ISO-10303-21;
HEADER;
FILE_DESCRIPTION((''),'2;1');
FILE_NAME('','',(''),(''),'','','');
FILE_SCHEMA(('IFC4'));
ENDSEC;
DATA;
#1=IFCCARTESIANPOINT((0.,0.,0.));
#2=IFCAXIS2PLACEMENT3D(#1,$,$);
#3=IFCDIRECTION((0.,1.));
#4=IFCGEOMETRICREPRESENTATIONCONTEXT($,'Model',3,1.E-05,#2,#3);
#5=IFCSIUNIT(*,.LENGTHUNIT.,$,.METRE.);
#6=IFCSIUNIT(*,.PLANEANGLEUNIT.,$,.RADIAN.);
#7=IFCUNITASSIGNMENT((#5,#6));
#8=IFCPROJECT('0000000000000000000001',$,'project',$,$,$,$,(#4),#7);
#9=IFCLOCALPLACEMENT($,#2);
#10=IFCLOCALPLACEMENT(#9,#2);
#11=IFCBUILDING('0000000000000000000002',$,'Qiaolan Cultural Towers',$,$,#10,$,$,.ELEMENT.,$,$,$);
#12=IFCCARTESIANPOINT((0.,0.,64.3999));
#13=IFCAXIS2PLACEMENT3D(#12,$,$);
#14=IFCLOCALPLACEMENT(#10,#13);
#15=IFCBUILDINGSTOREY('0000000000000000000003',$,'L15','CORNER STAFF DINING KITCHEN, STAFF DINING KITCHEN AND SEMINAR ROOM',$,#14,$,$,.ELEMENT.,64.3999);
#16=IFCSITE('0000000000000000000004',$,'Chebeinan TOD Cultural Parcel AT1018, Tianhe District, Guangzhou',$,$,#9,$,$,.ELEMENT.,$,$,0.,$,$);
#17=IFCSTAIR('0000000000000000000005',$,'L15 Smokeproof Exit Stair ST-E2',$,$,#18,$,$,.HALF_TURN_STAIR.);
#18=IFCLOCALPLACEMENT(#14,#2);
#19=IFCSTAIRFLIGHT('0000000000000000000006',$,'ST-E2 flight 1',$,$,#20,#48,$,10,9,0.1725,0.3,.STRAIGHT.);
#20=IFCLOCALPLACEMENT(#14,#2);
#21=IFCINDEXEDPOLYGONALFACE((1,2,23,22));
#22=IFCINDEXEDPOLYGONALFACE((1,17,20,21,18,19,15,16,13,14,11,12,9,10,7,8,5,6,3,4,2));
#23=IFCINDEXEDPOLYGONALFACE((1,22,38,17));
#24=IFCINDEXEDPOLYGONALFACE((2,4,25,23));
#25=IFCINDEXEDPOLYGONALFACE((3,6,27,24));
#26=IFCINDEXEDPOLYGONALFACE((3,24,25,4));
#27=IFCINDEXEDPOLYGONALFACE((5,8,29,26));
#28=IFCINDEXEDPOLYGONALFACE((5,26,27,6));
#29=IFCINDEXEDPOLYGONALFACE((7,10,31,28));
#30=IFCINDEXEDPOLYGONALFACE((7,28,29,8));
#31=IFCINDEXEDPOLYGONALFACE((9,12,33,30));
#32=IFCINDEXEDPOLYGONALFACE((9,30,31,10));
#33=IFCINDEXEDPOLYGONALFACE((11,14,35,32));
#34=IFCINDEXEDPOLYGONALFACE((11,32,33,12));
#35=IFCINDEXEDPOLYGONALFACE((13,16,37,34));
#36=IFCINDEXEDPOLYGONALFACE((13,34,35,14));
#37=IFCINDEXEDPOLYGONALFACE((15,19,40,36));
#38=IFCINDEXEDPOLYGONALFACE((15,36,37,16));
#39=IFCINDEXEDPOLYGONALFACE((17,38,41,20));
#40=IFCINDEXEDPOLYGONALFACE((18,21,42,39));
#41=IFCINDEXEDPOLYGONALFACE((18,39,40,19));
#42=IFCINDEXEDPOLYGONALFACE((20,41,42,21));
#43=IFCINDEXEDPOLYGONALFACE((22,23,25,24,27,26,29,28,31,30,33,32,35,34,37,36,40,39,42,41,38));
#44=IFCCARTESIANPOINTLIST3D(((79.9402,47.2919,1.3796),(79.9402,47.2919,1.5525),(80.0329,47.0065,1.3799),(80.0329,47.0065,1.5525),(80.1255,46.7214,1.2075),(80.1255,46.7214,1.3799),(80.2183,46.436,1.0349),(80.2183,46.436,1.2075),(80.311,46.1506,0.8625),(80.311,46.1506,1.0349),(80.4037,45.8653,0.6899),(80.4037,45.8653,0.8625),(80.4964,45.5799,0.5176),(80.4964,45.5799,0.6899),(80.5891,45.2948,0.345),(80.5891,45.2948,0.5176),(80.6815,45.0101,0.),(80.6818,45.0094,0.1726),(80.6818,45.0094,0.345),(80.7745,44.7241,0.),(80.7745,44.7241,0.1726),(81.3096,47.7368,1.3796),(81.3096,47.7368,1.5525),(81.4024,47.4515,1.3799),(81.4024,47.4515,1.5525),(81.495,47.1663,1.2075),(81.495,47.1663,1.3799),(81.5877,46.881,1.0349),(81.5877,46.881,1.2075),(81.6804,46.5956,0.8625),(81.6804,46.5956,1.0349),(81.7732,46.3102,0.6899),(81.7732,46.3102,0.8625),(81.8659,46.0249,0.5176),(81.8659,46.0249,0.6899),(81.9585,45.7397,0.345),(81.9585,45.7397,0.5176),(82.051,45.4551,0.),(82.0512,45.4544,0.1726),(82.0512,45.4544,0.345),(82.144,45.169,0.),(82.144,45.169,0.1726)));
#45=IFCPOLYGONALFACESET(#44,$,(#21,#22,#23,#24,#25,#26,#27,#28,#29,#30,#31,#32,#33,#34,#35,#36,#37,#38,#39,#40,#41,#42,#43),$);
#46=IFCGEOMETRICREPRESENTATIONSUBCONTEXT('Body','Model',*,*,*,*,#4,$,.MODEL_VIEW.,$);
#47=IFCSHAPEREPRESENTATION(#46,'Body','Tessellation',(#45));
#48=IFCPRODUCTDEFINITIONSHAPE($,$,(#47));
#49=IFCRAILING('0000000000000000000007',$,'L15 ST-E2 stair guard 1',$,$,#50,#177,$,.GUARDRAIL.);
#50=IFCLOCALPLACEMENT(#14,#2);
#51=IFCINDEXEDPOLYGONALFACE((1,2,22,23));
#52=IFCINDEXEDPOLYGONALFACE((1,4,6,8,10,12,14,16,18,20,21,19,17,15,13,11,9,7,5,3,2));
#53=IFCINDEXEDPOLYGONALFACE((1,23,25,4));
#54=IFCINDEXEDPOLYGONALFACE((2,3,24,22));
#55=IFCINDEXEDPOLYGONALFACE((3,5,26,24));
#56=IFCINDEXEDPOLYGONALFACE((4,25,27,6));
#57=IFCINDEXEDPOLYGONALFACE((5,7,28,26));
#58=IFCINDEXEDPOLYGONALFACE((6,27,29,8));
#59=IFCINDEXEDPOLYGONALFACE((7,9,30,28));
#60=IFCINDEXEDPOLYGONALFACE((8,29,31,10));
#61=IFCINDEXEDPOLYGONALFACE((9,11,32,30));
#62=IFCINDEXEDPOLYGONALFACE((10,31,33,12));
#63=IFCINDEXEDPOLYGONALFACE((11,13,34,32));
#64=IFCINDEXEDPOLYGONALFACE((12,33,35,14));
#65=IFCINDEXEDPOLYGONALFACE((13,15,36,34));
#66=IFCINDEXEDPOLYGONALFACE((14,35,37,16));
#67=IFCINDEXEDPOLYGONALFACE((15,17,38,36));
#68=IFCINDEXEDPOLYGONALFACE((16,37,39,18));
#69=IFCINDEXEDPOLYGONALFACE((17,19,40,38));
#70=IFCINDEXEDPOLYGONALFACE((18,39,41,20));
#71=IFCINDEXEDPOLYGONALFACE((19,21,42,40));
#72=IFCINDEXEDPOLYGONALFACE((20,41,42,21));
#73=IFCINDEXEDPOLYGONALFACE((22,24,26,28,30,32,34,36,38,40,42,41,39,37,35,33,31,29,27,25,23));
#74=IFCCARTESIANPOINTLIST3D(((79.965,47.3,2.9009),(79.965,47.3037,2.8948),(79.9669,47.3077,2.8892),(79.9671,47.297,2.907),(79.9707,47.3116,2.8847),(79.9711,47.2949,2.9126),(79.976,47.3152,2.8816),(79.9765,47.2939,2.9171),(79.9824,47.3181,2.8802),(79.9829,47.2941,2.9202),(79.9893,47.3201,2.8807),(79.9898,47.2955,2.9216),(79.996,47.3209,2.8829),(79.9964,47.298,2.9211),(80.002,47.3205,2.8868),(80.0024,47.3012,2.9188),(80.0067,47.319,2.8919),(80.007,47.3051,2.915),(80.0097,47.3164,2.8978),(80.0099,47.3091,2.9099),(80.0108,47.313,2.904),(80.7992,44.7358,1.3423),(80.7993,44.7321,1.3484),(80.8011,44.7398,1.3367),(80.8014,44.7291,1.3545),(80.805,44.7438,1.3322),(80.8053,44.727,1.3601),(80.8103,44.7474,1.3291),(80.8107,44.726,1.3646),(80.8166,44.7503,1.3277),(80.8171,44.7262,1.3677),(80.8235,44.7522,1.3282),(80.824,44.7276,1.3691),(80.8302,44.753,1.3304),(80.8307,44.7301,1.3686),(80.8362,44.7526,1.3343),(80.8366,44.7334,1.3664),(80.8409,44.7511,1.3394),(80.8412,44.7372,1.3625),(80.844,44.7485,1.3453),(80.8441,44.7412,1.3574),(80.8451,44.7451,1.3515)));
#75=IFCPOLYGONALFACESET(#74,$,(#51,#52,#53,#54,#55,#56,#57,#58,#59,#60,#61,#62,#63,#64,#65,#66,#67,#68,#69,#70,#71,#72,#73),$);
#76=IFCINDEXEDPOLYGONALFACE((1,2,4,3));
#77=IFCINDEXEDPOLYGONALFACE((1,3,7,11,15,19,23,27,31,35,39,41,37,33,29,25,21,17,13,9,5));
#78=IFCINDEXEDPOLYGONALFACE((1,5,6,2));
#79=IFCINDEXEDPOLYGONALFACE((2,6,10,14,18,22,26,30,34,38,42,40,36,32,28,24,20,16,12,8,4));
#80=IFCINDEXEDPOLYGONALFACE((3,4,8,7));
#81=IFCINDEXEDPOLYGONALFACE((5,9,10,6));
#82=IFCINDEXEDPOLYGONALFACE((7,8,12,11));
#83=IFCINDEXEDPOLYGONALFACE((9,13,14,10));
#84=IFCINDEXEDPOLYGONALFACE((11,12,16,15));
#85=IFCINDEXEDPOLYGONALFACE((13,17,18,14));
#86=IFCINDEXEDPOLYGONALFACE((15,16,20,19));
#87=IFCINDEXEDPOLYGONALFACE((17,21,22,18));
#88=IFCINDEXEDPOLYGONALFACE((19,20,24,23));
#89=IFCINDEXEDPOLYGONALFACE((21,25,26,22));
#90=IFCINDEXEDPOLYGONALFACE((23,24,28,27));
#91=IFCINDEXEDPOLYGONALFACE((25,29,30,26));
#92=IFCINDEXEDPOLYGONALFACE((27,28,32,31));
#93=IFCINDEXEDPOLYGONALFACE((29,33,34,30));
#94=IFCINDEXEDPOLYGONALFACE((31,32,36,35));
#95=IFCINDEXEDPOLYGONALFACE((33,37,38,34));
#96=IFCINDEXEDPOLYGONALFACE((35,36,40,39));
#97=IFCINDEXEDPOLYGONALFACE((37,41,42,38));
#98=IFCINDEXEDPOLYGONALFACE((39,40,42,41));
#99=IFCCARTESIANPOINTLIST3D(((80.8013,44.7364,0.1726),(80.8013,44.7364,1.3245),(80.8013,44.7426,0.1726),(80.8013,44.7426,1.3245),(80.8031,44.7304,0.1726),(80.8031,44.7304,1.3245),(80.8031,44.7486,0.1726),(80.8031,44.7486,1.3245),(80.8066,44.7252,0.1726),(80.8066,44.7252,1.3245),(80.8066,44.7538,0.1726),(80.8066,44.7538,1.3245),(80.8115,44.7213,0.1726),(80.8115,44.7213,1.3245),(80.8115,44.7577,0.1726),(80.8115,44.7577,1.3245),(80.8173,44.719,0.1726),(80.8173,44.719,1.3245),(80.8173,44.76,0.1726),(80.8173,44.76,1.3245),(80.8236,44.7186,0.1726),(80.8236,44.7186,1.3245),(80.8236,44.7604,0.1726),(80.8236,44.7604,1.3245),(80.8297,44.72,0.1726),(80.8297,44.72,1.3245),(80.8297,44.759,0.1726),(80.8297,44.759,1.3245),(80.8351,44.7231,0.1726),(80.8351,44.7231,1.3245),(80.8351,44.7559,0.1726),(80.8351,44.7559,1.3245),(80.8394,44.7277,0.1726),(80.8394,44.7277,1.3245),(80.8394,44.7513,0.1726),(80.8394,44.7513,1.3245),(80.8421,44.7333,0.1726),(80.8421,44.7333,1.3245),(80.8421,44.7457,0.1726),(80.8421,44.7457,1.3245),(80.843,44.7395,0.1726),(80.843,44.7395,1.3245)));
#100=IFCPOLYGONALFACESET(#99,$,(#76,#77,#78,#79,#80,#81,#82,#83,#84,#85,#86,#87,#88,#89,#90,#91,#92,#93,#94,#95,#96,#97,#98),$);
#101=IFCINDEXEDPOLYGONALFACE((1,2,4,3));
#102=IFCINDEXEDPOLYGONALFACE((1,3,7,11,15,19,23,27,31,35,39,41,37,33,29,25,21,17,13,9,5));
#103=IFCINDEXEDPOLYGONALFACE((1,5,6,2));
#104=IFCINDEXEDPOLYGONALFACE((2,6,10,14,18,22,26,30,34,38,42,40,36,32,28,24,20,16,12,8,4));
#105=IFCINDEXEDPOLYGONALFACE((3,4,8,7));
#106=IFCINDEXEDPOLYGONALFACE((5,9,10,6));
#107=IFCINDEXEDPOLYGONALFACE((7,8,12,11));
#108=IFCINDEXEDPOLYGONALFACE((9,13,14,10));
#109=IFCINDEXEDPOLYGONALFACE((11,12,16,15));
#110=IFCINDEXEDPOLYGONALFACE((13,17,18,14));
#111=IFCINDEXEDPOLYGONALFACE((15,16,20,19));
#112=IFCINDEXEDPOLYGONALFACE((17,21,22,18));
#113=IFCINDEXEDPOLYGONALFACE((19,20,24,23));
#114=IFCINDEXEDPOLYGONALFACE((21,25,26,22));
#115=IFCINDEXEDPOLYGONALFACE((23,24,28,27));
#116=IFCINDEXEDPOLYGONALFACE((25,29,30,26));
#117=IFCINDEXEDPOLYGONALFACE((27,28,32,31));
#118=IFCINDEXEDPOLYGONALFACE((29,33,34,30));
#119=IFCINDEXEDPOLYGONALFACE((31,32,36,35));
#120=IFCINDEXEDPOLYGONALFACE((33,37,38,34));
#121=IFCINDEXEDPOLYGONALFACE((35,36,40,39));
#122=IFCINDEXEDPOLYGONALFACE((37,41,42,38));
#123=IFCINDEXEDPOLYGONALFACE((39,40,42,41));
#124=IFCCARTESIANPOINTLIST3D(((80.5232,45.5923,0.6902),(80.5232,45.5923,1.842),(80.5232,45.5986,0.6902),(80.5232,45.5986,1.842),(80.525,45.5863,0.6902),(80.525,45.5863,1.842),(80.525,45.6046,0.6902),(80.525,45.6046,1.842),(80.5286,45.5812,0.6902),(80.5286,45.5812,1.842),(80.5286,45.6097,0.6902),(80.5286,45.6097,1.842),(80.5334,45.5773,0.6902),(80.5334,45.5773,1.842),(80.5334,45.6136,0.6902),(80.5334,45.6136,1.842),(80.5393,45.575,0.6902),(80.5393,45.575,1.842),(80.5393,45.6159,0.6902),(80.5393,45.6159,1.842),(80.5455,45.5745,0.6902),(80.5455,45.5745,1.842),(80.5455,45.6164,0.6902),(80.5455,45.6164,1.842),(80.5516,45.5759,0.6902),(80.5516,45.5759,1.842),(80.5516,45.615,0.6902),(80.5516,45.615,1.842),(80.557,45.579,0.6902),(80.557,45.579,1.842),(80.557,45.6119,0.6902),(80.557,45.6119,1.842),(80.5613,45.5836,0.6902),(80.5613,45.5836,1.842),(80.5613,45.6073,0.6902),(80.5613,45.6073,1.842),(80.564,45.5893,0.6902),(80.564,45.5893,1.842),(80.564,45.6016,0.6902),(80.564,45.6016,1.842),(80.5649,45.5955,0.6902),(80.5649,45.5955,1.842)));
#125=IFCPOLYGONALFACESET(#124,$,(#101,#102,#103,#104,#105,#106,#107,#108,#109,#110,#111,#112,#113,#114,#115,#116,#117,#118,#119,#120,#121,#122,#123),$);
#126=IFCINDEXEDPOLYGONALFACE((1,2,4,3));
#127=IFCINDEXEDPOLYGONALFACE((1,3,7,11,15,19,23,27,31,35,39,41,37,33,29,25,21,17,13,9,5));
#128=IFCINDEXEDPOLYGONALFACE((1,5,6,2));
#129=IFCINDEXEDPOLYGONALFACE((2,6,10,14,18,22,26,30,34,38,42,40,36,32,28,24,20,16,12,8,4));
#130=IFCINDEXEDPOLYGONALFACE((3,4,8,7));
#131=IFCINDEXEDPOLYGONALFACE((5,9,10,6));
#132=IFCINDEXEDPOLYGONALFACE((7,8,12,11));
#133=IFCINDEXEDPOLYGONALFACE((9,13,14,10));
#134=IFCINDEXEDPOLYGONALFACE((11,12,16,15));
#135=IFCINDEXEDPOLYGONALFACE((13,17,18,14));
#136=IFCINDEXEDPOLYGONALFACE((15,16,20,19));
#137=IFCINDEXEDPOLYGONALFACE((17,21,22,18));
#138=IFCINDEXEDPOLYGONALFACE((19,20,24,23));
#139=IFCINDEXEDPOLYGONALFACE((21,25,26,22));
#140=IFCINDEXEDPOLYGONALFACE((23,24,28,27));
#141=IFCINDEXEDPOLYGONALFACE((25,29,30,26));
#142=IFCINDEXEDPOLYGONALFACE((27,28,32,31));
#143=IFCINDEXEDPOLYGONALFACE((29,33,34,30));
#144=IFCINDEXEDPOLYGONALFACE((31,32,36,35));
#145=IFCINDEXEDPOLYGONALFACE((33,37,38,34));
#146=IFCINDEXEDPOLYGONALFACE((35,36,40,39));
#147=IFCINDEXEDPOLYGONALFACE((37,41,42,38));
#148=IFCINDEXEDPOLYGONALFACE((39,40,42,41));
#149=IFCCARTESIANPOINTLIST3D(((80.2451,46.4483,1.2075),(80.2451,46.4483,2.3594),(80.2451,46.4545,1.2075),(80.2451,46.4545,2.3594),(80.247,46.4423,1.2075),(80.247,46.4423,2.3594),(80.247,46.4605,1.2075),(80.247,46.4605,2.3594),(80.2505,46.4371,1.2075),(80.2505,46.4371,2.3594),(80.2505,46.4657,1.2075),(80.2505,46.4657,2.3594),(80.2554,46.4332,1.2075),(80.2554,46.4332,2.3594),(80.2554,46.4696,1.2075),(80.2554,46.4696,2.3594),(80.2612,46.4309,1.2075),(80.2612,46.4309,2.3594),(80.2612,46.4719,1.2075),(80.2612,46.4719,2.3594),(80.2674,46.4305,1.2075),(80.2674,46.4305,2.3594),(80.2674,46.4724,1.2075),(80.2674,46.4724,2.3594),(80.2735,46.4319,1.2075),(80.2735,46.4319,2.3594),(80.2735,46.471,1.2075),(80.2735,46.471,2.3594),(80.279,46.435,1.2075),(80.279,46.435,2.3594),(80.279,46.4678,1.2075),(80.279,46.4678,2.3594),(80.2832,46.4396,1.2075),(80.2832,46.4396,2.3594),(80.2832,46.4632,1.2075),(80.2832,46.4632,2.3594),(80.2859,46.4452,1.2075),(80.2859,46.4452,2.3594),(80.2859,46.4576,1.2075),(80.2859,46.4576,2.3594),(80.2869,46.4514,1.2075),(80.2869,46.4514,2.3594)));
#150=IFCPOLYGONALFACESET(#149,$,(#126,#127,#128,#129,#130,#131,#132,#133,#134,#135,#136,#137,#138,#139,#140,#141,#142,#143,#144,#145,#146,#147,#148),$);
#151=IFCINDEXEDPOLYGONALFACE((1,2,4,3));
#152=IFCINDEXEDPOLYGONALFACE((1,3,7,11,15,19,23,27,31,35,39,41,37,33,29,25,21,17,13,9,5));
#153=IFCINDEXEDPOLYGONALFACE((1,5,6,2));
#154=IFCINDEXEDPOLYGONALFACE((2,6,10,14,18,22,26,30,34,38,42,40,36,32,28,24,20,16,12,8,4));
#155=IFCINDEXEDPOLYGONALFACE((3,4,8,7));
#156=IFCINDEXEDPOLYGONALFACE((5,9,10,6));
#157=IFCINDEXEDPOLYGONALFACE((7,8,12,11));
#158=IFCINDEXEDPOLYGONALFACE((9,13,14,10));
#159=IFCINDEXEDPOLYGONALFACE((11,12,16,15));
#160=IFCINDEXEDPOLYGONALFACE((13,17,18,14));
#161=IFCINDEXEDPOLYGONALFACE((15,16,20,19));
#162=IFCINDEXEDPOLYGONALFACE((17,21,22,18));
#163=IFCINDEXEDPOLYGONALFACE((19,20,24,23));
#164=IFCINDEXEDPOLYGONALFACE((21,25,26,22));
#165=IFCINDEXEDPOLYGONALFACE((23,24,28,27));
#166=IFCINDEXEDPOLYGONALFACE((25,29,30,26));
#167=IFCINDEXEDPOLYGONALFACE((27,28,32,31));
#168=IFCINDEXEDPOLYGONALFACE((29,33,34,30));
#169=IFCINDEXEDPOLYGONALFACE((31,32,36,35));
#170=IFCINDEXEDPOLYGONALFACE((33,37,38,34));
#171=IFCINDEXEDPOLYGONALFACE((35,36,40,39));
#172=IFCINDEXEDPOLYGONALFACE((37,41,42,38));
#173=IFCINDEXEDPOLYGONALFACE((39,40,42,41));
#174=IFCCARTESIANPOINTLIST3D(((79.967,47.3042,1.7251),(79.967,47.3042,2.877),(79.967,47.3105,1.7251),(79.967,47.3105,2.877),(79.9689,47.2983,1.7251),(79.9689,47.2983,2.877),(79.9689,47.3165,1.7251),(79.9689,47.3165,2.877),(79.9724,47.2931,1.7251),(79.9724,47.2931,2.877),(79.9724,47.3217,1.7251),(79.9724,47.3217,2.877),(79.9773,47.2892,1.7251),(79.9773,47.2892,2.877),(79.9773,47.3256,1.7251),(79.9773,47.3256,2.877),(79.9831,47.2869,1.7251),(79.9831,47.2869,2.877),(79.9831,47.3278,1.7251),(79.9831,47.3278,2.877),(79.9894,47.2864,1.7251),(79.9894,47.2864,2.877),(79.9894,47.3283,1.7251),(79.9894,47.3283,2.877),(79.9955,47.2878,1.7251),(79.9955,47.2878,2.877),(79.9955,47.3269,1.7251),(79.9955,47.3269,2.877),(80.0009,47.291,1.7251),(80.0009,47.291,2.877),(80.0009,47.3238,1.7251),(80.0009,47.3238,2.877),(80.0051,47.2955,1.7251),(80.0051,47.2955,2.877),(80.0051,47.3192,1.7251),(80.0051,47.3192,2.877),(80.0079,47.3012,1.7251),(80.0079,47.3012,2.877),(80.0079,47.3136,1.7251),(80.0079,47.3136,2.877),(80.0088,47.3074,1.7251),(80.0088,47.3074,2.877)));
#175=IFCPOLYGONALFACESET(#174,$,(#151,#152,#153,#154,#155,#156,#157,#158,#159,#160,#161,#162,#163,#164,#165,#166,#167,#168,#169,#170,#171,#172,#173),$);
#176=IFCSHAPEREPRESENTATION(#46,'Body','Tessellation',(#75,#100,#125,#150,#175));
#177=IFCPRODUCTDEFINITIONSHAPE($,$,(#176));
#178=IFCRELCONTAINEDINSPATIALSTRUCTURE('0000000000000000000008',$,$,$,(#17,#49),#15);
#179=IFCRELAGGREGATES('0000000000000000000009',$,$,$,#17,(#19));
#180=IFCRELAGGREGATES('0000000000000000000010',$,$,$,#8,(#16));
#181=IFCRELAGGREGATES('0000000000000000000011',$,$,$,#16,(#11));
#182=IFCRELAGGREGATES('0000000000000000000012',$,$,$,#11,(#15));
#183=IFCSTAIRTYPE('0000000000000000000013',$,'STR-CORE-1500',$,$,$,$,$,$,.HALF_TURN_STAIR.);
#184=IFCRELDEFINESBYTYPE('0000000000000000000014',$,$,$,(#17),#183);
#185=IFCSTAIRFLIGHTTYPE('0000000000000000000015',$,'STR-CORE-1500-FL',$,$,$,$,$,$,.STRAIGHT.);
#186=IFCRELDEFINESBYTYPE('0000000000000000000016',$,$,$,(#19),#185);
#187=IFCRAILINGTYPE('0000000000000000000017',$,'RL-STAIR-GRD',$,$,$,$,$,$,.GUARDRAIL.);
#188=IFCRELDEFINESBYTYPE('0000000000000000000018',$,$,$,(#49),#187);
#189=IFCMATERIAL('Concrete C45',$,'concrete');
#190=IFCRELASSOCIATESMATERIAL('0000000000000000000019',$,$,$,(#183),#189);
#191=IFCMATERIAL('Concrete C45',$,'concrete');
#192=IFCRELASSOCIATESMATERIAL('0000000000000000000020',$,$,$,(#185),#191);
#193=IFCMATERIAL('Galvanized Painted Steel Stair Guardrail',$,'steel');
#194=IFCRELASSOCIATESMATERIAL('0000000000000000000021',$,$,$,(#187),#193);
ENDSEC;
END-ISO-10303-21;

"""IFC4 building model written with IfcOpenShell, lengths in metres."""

from ifc_helpers import new_model, si_unit, direction, frame, origin, origin_2d, place, context, subcontext, project, spatial, polyline, circle, outline, extrude, material, type_object, element, aggregate, save


model = new_model("IFC4")

# Units and contexts
model_context = context("Model", 3, precision=1e-05, world=origin(), true_north=direction((0.0, 1.0)))
body_context = subcontext(model_context, "Body", "Model", "MODEL_VIEW")
ifc_project = project(units=[si_unit("LENGTHUNIT", "METRE"), si_unit("PLANEANGLEUNIT", "RADIAN")], contexts=[model_context])

# Site, building, storey
site_placement = place(None, origin())
site = spatial("IfcSite", under=ifc_project, at=site_placement, Name="Chebeinan TOD Cultural Parcel AT1018, Tianhe District, Guangzhou", CompositionType="ELEMENT", RefElevation=0.0)
building_placement = place(site_placement, origin())
building = spatial("IfcBuilding", under=site, at=building_placement, Name="Qiaolan Cultural Towers", CompositionType="ELEMENT")
storey_placement = place(building_placement, frame((0.0, 0.0, 64.3999)))
storey = spatial("IfcBuildingStorey", under=building, at=storey_placement, Name="L15", Description="CORNER STAFF DINING KITCHEN, STAFF DINING KITCHEN AND SEMINAR ROOM", CompositionType="ELEMENT", Elevation=64.3999)

# Stair, stair flight
ifc_material_1 = material(Name="Concrete C45", Category="concrete")
stair_type = type_object("IfcStairType", Name="STR-CORE-1500", PredefinedType="HALF_TURN_STAIR", material=ifc_material_1)
stair_placement = place(storey_placement, origin())
stair = element("IfcStair", 1, at=stair_placement, inside=storey, type_object=stair_type, Name="L15 Smokeproof Exit Stair ST-E2", PredefinedType="HALF_TURN_STAIR")
ifc_material_2 = material(Name="Concrete C45", Category="concrete")
stair_flight_type = type_object("IfcStairFlightType", Name="STR-CORE-1500-FL", PredefinedType="STRAIGHT", material=ifc_material_2)
stair_flight_placement = place(storey_placement, frame((81.4592, 44.9465, 0.0), z_axis=(0.0, 0.0, 1.0), x_axis=(-0.309017, 0.951057, 0.0)))
stair_flight = element("IfcStairFlight", 2, at=stair_flight_placement, type_object=stair_flight_type, Name="ST-E2 flight 1", NumberOfRisers=10, NumberOfTreads=9, PredefinedType="STRAIGHT", RiserHeight=0.1725, TreadLength=0.3, context=body_context, shape_type="SweptSolid", body=[
    extrude(outline(polyline([(0.0, 0.0), (0.0, 0.1726), (0.3, 0.1726), (0.3, 0.345), (0.6001, 0.345), (0.6001, 0.5176), (0.8999, 0.5176), (0.8999, 0.6899), (1.2, 0.6899), (1.2, 0.8625), (1.5, 0.8625), (1.5, 1.0349), (1.8, 1.0349), (1.8, 1.2075), (2.1001, 1.2075), (2.1001, 1.3799), (2.3999, 1.3799), (2.3999, 1.5525), (2.7, 1.5525), (2.7, 1.7251), (2.7, 1.3796), (0.3008, 0.0), (0.0, 0.0)])), frame((0.0, 0.72, 0.0), z_axis=(0.0, -1.0, 0.0), x_axis=(1.0, 0.0, 0.0)), (0.0, 0.0, 1.0), 1.4399),
])
aggregate(stair, [stair_flight])

# Railing
ifc_material_3 = material(Name="Galvanized Painted Steel Stair Guardrail", Category="steel")
railing_type_1 = type_object("IfcRailingType", Name="RL-STAIR-GRD", PredefinedType="GUARDRAIL", material=ifc_material_3)
railing_1_placement = place(storey_placement, frame((80.822, 44.7395, 0.1726)))
element("IfcRailing", 3, at=railing_1_placement, inside=storey, type_object=railing_type_1, Name="L15 ST-E2 stair guard 1", PredefinedType="GUARDRAIL", context=body_context, shape_type="SweptSolid", body=[
    extrude(circle(Radius=0.0239, at=origin_2d()), frame((0.0, 0.0, 1.1758), z_axis=(-0.267853, 0.824488, 0.498471), x_axis=(-0.95107, -0.308976, 0.0)), (0.0, 0.0, 1.0), 3.1145),
    extrude(circle(Radius=0.021, at=origin_2d()), origin(), (0.0, 0.0, 1.0), 1.1519),
    extrude(circle(Radius=0.021, at=origin_2d()), frame((-0.2781, 0.856, 0.5176)), (0.0, 0.0, 1.0), 1.1519),
    extrude(circle(Radius=0.021, at=origin_2d()), frame((-0.5562, 1.7119, 1.0349)), (0.0, 0.0, 1.0), 1.1519),
    extrude(circle(Radius=0.021, at=origin_2d()), frame((-0.8342, 2.5679, 1.5525)), (0.0, 0.0, 1.0), 1.1519),
])

save(model, "model.ifc")
